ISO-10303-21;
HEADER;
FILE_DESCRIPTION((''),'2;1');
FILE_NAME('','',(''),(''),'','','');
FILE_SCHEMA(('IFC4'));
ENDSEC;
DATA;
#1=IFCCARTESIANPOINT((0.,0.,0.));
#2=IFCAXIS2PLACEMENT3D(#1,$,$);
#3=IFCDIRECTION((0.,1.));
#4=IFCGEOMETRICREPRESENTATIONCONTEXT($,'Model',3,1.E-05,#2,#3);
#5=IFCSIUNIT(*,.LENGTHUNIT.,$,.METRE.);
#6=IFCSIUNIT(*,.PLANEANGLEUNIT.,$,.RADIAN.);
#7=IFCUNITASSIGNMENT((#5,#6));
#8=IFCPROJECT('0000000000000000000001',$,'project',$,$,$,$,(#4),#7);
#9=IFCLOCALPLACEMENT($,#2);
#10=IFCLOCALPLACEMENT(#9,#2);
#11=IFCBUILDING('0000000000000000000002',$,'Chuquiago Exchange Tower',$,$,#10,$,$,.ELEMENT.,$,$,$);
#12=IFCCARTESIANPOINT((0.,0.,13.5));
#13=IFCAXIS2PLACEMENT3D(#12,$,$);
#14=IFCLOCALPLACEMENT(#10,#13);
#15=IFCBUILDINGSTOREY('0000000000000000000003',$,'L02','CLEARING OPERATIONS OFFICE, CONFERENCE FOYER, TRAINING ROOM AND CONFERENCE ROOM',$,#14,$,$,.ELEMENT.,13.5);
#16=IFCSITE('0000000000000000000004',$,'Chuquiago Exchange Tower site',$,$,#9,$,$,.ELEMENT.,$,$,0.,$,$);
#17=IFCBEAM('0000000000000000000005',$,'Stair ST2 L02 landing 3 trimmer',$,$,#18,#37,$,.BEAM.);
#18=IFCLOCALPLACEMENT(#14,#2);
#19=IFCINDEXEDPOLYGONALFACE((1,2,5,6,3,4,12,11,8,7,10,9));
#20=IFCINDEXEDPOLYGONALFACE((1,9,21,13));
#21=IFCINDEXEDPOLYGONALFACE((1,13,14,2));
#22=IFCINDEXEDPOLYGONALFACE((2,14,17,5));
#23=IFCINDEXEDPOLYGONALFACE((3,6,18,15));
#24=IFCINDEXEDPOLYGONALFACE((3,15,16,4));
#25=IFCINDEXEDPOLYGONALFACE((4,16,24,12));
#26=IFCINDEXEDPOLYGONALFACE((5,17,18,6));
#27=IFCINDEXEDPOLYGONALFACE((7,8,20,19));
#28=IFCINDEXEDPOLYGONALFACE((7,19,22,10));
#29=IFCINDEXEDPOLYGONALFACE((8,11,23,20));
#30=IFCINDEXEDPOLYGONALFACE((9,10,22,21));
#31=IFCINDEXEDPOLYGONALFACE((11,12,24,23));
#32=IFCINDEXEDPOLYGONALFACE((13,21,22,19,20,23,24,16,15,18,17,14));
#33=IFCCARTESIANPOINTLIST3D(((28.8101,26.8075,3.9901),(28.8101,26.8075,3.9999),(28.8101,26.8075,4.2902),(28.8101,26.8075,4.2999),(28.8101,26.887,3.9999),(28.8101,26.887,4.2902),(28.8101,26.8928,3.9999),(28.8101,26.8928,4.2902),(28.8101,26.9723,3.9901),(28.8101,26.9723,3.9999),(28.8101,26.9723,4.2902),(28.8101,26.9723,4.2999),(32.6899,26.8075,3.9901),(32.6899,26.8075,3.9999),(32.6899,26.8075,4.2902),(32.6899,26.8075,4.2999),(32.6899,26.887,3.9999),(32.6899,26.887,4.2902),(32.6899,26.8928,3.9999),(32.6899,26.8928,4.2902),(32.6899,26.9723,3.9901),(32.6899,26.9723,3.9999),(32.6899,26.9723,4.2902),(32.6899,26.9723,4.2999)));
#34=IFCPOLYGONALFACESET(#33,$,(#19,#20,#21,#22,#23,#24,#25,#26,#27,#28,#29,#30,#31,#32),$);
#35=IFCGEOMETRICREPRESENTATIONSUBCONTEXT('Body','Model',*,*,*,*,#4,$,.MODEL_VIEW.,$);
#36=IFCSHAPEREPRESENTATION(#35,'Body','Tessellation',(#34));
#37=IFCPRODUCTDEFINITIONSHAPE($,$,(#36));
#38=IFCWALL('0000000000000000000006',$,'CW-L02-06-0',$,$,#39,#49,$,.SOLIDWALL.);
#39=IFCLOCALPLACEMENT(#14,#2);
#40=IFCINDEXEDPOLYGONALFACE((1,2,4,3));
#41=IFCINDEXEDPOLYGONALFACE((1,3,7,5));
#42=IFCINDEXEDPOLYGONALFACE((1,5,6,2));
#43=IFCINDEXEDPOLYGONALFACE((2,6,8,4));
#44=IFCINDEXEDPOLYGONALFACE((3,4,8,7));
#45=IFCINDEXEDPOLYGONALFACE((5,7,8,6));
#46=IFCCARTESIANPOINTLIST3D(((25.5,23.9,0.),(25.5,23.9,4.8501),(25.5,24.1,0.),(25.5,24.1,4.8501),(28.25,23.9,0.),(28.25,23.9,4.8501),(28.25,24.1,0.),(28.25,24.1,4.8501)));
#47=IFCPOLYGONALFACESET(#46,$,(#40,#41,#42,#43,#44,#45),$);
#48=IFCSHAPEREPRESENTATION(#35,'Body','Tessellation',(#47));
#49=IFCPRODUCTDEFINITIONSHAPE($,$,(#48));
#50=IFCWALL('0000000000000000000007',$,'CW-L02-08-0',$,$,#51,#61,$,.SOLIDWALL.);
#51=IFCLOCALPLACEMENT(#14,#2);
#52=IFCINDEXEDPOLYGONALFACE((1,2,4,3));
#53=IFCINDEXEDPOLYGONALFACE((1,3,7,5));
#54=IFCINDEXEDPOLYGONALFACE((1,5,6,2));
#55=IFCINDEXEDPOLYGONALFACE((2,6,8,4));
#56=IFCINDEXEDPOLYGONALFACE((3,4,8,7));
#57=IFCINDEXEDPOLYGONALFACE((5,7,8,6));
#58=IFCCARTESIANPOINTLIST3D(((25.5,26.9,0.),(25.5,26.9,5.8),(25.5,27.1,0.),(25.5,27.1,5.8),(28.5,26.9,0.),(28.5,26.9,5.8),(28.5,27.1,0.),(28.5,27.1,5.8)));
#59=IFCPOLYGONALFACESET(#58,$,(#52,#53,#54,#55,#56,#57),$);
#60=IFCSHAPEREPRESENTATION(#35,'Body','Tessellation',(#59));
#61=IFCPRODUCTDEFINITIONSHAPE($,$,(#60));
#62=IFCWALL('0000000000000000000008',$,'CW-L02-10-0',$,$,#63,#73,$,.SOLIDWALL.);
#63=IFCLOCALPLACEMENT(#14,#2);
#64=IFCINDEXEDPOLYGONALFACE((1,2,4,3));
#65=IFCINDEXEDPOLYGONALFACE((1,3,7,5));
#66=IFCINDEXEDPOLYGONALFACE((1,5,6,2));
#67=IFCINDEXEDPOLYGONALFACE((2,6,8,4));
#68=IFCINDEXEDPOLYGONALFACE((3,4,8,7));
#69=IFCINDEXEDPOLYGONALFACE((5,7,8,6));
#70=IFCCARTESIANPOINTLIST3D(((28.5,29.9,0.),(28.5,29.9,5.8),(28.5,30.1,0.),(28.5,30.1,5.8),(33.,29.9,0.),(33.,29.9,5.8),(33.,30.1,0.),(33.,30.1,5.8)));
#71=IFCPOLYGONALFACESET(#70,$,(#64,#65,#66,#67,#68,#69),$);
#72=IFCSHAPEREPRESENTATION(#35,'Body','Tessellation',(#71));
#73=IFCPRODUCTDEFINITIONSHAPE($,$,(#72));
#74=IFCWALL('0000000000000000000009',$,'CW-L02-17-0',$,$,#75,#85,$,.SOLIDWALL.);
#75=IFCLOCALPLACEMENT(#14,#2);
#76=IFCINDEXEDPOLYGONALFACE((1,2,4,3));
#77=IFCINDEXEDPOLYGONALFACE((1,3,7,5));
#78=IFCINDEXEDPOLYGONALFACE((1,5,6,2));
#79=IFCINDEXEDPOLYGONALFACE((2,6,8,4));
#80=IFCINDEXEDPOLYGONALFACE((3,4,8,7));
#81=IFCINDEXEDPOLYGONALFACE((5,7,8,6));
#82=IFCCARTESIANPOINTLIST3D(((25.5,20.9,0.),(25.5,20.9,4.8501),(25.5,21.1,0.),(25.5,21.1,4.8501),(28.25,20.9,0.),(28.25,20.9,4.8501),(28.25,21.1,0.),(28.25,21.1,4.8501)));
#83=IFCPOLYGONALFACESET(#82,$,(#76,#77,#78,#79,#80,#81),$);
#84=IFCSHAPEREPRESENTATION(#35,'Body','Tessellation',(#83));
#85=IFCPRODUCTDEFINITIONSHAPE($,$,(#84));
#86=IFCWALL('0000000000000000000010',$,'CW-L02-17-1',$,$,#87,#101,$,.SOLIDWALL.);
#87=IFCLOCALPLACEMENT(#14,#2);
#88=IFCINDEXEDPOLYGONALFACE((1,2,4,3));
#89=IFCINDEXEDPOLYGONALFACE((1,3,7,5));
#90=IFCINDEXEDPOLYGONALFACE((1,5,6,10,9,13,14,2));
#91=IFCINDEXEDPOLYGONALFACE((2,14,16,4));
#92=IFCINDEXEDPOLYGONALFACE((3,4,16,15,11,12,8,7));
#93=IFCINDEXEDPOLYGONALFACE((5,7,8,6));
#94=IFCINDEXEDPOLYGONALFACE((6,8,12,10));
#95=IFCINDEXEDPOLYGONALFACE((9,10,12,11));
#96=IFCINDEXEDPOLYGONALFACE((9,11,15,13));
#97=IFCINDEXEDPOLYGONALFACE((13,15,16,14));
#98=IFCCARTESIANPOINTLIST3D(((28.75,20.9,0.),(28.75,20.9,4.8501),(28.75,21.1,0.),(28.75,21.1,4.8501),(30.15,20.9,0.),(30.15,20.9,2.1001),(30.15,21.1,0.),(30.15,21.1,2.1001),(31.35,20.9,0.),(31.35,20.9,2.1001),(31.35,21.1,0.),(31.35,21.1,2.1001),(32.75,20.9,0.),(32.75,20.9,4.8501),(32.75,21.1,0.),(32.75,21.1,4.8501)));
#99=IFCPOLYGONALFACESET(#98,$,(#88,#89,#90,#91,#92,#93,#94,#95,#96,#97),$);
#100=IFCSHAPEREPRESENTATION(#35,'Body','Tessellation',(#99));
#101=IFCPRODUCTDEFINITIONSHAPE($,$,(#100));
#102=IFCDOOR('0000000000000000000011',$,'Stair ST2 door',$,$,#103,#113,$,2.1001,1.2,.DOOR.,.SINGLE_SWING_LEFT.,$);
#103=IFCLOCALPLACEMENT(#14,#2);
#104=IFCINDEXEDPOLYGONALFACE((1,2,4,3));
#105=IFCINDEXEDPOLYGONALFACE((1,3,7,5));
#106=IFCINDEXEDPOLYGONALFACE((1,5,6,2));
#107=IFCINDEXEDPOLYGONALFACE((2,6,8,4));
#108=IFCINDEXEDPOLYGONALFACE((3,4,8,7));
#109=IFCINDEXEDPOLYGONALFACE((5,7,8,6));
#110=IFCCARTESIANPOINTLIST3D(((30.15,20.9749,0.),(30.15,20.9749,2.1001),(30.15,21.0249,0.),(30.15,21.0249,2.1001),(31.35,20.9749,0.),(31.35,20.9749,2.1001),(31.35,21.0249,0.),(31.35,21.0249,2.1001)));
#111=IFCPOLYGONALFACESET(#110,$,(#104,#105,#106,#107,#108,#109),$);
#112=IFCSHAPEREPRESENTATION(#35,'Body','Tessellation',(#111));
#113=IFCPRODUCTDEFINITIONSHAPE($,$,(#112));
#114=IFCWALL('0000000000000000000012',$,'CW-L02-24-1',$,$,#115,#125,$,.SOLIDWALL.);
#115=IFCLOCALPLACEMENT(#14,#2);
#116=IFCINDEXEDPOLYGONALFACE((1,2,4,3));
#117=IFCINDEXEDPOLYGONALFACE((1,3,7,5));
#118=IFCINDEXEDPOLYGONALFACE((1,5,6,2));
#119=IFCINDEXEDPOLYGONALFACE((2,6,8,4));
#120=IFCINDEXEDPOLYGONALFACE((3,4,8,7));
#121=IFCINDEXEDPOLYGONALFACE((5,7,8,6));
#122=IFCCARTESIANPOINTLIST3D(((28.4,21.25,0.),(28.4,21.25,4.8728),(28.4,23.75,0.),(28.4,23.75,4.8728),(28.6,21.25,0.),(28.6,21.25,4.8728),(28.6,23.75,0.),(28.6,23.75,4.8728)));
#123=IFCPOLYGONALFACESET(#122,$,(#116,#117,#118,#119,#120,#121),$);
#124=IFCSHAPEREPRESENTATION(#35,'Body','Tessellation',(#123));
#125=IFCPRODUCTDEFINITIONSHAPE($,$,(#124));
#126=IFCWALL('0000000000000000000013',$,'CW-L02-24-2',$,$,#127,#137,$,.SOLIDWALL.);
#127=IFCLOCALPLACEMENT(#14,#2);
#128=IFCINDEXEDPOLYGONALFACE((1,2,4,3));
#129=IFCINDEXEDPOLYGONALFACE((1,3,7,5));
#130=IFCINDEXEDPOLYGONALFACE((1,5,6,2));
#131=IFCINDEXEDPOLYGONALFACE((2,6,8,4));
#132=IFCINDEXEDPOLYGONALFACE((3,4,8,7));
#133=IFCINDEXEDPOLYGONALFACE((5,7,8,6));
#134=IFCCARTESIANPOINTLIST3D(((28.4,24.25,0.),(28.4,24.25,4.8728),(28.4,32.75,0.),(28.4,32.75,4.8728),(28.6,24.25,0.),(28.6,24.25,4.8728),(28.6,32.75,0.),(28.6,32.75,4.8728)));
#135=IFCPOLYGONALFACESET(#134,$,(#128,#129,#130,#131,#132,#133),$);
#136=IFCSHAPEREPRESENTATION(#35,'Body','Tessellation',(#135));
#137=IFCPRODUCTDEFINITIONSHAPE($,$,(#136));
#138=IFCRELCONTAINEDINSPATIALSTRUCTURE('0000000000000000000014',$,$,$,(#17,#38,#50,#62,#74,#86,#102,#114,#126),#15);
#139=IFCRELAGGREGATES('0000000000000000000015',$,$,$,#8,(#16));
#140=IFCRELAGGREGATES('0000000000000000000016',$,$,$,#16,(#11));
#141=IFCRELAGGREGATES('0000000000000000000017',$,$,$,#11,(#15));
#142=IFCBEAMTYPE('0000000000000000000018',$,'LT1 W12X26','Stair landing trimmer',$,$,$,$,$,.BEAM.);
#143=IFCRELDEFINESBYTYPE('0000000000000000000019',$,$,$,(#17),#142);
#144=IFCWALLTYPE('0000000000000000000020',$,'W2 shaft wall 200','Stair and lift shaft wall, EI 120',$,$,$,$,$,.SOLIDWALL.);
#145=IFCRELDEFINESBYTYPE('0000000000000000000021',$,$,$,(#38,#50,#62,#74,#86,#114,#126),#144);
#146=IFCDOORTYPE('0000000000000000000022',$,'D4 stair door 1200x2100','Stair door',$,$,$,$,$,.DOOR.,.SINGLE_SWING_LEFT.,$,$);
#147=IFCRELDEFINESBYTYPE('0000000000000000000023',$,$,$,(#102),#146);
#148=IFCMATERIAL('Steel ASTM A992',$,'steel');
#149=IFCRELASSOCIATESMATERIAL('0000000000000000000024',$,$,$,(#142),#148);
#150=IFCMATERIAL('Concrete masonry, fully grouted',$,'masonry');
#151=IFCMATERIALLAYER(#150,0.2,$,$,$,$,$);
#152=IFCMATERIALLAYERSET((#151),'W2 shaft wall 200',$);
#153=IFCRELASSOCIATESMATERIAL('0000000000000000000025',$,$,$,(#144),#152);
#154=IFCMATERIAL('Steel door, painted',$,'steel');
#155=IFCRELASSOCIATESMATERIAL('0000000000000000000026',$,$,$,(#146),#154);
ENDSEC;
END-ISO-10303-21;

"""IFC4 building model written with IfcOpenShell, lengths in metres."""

from ifc_helpers import new_model, si_unit, direction, frame, frame_2d, origin, origin_2d, place, context, subcontext, project, spatial, rectangle, i_section, extrude, material, layer, layer_set, material_profile, profile_set, type_object, element, fill, save


model = new_model("IFC4")

# Units and contexts
model_context = context("Model", 3, precision=1e-05, world=origin(), true_north=direction((0.0, 1.0)))
body_context = subcontext(model_context, "Body", "Model", "MODEL_VIEW")
ifc_project = project(units=[si_unit("LENGTHUNIT", "METRE"), si_unit("PLANEANGLEUNIT", "RADIAN")], contexts=[model_context])

# Site, building, storey
site_placement = place(None, origin())
site = spatial("IfcSite", under=ifc_project, at=site_placement, Name="Chuquiago Exchange Tower site", CompositionType="ELEMENT", RefElevation=0.0)
building_placement = place(site_placement, origin())
building = spatial("IfcBuilding", under=site, at=building_placement, Name="Chuquiago Exchange Tower", CompositionType="ELEMENT")
storey_placement = place(building_placement, frame((0.0, 0.0, 13.5)))
storey = spatial("IfcBuildingStorey", under=building, at=storey_placement, Name="L02", Description="CLEARING OPERATIONS OFFICE, CONFERENCE FOYER, TRAINING ROOM AND CONFERENCE ROOM", CompositionType="ELEMENT", Elevation=13.5)

# Beam
ifc_material_1 = material(Name="Steel ASTM A992", Category="steel")
ifc_material_profile_1 = material_profile(ifc_material_1, i_section(OverallWidth=0.1648, OverallDepth=0.3098, WebThickness=0.0059, FlangeThickness=0.0098, at=origin_2d()), Name="W12X26")
ifc_profile_set_1 = profile_set([ifc_material_profile_1], Name="Steel ASTM A992")
beam_type_1 = type_object("IfcBeamType", Name="LT1 W12X26", Description="Stair landing trimmer", PredefinedType="BEAM", material=ifc_profile_set_1)
for number, where, z_axis, x_axis, name in (
    (1, (28.8101, 26.8899, 4.145), (1.0, 0.0, 0.0), (0.0, 1.0, 0.0), "Stair ST2 L02 landing 3 trimmer"),
):
    element("IfcBeam", number, at=place(storey_placement, frame(where, z_axis=z_axis, x_axis=x_axis)), inside=storey, type_object=beam_type_1, Name=name, PredefinedType="BEAM", context=body_context, shape_type="SweptSolid", body=[
        extrude(i_section(OverallWidth=0.1648, OverallDepth=0.3098, WebThickness=0.0059, FlangeThickness=0.0098, at=origin_2d()), origin(), (0.0, 0.0, 1.0), 3.8799),
    ])

# Walls
ifc_material_2 = material(Name="Concrete masonry, fully grouted", Category="masonry")
ifc_layer_1 = layer(ifc_material_2, 0.2)
ifc_layer_set_1 = layer_set([ifc_layer_1], Name="W2 shaft wall 200")
wall_type_1 = type_object("IfcWallType", Name="W2 shaft wall 200", Description="Stair and lift shaft wall, EI 120", PredefinedType="SOLIDWALL", material=ifc_layer_set_1)
wall_1_placement = place(storey_placement, frame((25.5, 24.0, 0.0), z_axis=(0.0, 0.0, 1.0), x_axis=(1.0, 0.0, 0.0)))
element("IfcWall", 2, at=wall_1_placement, inside=storey, type_object=wall_type_1, Name="CW-L02-06-0", PredefinedType="SOLIDWALL", context=body_context, shape_type="SweptSolid", body=[
    extrude(rectangle(XDim=2.75, YDim=0.2, at=frame_2d((1.375, 0.0))), origin(), (0.0, 0.0, 1.0), 4.8501),
])
wall_2_placement = place(storey_placement, frame((25.5, 27.0, 0.0), z_axis=(0.0, 0.0, 1.0), x_axis=(1.0, 0.0, 0.0)))
element("IfcWall", 3, at=wall_2_placement, inside=storey, type_object=wall_type_1, Name="CW-L02-08-0", PredefinedType="SOLIDWALL", context=body_context, shape_type="SweptSolid", body=[
    extrude(rectangle(XDim=3.0, YDim=0.2, at=frame_2d((1.5, 0.0))), origin(), (0.0, 0.0, 1.0), 5.8),
])
wall_3_placement = place(storey_placement, frame((28.5, 30.0, 0.0), z_axis=(0.0, 0.0, 1.0), x_axis=(1.0, 0.0, 0.0)))
element("IfcWall", 4, at=wall_3_placement, inside=storey, type_object=wall_type_1, Name="CW-L02-10-0", PredefinedType="SOLIDWALL", context=body_context, shape_type="SweptSolid", body=[
    extrude(rectangle(XDim=4.5, YDim=0.2, at=frame_2d((2.25, 0.0))), origin(), (0.0, 0.0, 1.0), 5.8),
])
wall_4_placement = place(storey_placement, frame((25.5, 21.0, 0.0), z_axis=(0.0, 0.0, 1.0), x_axis=(1.0, 0.0, 0.0)))
element("IfcWall", 5, at=wall_4_placement, inside=storey, type_object=wall_type_1, Name="CW-L02-17-0", PredefinedType="SOLIDWALL", context=body_context, shape_type="SweptSolid", body=[
    extrude(rectangle(XDim=2.75, YDim=0.2, at=frame_2d((1.375, 0.0))), origin(), (0.0, 0.0, 1.0), 4.8501),
])

# Wall, opening, door
wall_5_placement = place(storey_placement, frame((28.75, 21.0, 0.0), z_axis=(0.0, 0.0, 1.0), x_axis=(1.0, 0.0, 0.0)))
wall_5 = element("IfcWall", 6, at=wall_5_placement, inside=storey, type_object=wall_type_1, Name="CW-L02-17-1", PredefinedType="SOLIDWALL", context=body_context, shape_type="SweptSolid", body=[
    extrude(rectangle(XDim=4.0, YDim=0.2, at=frame_2d((2.0, 0.0))), origin(), (0.0, 0.0, 1.0), 4.8501),
])
opening_1_placement = place(wall_5_placement, frame((1.3999, 0.0, 0.0)))
opening_1 = element("IfcOpeningElement", 7, at=opening_1_placement, cuts=wall_5, PredefinedType="OPENING", context=body_context, shape_type="SweptSolid", body=[
    extrude(rectangle(XDim=1.2, YDim=2.1001, at=frame_2d((0.6001, 1.05))), frame((0.0, 0.1099, 0.0), z_axis=(0.0, -1.0, 0.0), x_axis=(1.0, 0.0, 0.0)), (0.0, 0.0, 1.0), 0.22),
])
ifc_material_3 = material(Name="Steel door, painted", Category="steel")
door_type_1 = type_object("IfcDoorType", Name="D4 stair door 1200x2100", Description="Stair door", OperationType="SINGLE_SWING_LEFT", PredefinedType="DOOR", material=ifc_material_3)
door_1_placement = place(opening_1_placement, origin())
door_1 = element("IfcDoor", 8, at=door_1_placement, inside=storey, type_object=door_type_1, Name="Stair ST2 door", OperationType="SINGLE_SWING_LEFT", OverallHeight=2.1001, OverallWidth=1.2, PredefinedType="DOOR", context=body_context, shape_type="SweptSolid", body=[
    extrude(rectangle(XDim=1.2, YDim=2.1001, at=frame_2d((0.6001, 1.05))), frame((0.0, 0.0249, 0.0), z_axis=(0.0, -1.0, 0.0), x_axis=(1.0, 0.0, 0.0)), (0.0, 0.0, 1.0), 0.05),
])
fill(opening_1, door_1)

# Walls
wall_6_placement = place(storey_placement, frame((28.5, 21.25, 0.0), z_axis=(0.0, 0.0, 1.0), x_axis=(0.0, 1.0, 0.0)))
element("IfcWall", 9, at=wall_6_placement, inside=storey, type_object=wall_type_1, Name="CW-L02-24-1", PredefinedType="SOLIDWALL", context=body_context, shape_type="SweptSolid", body=[
    extrude(rectangle(XDim=2.5, YDim=0.2, at=frame_2d((1.25, 0.0))), origin(), (0.0, 0.0, 1.0), 4.8728),
])
wall_7_placement = place(storey_placement, frame((28.5, 24.25, 0.0), z_axis=(0.0, 0.0, 1.0), x_axis=(0.0, 1.0, 0.0)))
element("IfcWall", 10, at=wall_7_placement, inside=storey, type_object=wall_type_1, Name="CW-L02-24-2", PredefinedType="SOLIDWALL", context=body_context, shape_type="SweptSolid", body=[
    extrude(rectangle(XDim=8.5, YDim=0.2, at=frame_2d((4.25, 0.0))), origin(), (0.0, 0.0, 1.0), 4.8728),
])

save(model, "model.ifc")
